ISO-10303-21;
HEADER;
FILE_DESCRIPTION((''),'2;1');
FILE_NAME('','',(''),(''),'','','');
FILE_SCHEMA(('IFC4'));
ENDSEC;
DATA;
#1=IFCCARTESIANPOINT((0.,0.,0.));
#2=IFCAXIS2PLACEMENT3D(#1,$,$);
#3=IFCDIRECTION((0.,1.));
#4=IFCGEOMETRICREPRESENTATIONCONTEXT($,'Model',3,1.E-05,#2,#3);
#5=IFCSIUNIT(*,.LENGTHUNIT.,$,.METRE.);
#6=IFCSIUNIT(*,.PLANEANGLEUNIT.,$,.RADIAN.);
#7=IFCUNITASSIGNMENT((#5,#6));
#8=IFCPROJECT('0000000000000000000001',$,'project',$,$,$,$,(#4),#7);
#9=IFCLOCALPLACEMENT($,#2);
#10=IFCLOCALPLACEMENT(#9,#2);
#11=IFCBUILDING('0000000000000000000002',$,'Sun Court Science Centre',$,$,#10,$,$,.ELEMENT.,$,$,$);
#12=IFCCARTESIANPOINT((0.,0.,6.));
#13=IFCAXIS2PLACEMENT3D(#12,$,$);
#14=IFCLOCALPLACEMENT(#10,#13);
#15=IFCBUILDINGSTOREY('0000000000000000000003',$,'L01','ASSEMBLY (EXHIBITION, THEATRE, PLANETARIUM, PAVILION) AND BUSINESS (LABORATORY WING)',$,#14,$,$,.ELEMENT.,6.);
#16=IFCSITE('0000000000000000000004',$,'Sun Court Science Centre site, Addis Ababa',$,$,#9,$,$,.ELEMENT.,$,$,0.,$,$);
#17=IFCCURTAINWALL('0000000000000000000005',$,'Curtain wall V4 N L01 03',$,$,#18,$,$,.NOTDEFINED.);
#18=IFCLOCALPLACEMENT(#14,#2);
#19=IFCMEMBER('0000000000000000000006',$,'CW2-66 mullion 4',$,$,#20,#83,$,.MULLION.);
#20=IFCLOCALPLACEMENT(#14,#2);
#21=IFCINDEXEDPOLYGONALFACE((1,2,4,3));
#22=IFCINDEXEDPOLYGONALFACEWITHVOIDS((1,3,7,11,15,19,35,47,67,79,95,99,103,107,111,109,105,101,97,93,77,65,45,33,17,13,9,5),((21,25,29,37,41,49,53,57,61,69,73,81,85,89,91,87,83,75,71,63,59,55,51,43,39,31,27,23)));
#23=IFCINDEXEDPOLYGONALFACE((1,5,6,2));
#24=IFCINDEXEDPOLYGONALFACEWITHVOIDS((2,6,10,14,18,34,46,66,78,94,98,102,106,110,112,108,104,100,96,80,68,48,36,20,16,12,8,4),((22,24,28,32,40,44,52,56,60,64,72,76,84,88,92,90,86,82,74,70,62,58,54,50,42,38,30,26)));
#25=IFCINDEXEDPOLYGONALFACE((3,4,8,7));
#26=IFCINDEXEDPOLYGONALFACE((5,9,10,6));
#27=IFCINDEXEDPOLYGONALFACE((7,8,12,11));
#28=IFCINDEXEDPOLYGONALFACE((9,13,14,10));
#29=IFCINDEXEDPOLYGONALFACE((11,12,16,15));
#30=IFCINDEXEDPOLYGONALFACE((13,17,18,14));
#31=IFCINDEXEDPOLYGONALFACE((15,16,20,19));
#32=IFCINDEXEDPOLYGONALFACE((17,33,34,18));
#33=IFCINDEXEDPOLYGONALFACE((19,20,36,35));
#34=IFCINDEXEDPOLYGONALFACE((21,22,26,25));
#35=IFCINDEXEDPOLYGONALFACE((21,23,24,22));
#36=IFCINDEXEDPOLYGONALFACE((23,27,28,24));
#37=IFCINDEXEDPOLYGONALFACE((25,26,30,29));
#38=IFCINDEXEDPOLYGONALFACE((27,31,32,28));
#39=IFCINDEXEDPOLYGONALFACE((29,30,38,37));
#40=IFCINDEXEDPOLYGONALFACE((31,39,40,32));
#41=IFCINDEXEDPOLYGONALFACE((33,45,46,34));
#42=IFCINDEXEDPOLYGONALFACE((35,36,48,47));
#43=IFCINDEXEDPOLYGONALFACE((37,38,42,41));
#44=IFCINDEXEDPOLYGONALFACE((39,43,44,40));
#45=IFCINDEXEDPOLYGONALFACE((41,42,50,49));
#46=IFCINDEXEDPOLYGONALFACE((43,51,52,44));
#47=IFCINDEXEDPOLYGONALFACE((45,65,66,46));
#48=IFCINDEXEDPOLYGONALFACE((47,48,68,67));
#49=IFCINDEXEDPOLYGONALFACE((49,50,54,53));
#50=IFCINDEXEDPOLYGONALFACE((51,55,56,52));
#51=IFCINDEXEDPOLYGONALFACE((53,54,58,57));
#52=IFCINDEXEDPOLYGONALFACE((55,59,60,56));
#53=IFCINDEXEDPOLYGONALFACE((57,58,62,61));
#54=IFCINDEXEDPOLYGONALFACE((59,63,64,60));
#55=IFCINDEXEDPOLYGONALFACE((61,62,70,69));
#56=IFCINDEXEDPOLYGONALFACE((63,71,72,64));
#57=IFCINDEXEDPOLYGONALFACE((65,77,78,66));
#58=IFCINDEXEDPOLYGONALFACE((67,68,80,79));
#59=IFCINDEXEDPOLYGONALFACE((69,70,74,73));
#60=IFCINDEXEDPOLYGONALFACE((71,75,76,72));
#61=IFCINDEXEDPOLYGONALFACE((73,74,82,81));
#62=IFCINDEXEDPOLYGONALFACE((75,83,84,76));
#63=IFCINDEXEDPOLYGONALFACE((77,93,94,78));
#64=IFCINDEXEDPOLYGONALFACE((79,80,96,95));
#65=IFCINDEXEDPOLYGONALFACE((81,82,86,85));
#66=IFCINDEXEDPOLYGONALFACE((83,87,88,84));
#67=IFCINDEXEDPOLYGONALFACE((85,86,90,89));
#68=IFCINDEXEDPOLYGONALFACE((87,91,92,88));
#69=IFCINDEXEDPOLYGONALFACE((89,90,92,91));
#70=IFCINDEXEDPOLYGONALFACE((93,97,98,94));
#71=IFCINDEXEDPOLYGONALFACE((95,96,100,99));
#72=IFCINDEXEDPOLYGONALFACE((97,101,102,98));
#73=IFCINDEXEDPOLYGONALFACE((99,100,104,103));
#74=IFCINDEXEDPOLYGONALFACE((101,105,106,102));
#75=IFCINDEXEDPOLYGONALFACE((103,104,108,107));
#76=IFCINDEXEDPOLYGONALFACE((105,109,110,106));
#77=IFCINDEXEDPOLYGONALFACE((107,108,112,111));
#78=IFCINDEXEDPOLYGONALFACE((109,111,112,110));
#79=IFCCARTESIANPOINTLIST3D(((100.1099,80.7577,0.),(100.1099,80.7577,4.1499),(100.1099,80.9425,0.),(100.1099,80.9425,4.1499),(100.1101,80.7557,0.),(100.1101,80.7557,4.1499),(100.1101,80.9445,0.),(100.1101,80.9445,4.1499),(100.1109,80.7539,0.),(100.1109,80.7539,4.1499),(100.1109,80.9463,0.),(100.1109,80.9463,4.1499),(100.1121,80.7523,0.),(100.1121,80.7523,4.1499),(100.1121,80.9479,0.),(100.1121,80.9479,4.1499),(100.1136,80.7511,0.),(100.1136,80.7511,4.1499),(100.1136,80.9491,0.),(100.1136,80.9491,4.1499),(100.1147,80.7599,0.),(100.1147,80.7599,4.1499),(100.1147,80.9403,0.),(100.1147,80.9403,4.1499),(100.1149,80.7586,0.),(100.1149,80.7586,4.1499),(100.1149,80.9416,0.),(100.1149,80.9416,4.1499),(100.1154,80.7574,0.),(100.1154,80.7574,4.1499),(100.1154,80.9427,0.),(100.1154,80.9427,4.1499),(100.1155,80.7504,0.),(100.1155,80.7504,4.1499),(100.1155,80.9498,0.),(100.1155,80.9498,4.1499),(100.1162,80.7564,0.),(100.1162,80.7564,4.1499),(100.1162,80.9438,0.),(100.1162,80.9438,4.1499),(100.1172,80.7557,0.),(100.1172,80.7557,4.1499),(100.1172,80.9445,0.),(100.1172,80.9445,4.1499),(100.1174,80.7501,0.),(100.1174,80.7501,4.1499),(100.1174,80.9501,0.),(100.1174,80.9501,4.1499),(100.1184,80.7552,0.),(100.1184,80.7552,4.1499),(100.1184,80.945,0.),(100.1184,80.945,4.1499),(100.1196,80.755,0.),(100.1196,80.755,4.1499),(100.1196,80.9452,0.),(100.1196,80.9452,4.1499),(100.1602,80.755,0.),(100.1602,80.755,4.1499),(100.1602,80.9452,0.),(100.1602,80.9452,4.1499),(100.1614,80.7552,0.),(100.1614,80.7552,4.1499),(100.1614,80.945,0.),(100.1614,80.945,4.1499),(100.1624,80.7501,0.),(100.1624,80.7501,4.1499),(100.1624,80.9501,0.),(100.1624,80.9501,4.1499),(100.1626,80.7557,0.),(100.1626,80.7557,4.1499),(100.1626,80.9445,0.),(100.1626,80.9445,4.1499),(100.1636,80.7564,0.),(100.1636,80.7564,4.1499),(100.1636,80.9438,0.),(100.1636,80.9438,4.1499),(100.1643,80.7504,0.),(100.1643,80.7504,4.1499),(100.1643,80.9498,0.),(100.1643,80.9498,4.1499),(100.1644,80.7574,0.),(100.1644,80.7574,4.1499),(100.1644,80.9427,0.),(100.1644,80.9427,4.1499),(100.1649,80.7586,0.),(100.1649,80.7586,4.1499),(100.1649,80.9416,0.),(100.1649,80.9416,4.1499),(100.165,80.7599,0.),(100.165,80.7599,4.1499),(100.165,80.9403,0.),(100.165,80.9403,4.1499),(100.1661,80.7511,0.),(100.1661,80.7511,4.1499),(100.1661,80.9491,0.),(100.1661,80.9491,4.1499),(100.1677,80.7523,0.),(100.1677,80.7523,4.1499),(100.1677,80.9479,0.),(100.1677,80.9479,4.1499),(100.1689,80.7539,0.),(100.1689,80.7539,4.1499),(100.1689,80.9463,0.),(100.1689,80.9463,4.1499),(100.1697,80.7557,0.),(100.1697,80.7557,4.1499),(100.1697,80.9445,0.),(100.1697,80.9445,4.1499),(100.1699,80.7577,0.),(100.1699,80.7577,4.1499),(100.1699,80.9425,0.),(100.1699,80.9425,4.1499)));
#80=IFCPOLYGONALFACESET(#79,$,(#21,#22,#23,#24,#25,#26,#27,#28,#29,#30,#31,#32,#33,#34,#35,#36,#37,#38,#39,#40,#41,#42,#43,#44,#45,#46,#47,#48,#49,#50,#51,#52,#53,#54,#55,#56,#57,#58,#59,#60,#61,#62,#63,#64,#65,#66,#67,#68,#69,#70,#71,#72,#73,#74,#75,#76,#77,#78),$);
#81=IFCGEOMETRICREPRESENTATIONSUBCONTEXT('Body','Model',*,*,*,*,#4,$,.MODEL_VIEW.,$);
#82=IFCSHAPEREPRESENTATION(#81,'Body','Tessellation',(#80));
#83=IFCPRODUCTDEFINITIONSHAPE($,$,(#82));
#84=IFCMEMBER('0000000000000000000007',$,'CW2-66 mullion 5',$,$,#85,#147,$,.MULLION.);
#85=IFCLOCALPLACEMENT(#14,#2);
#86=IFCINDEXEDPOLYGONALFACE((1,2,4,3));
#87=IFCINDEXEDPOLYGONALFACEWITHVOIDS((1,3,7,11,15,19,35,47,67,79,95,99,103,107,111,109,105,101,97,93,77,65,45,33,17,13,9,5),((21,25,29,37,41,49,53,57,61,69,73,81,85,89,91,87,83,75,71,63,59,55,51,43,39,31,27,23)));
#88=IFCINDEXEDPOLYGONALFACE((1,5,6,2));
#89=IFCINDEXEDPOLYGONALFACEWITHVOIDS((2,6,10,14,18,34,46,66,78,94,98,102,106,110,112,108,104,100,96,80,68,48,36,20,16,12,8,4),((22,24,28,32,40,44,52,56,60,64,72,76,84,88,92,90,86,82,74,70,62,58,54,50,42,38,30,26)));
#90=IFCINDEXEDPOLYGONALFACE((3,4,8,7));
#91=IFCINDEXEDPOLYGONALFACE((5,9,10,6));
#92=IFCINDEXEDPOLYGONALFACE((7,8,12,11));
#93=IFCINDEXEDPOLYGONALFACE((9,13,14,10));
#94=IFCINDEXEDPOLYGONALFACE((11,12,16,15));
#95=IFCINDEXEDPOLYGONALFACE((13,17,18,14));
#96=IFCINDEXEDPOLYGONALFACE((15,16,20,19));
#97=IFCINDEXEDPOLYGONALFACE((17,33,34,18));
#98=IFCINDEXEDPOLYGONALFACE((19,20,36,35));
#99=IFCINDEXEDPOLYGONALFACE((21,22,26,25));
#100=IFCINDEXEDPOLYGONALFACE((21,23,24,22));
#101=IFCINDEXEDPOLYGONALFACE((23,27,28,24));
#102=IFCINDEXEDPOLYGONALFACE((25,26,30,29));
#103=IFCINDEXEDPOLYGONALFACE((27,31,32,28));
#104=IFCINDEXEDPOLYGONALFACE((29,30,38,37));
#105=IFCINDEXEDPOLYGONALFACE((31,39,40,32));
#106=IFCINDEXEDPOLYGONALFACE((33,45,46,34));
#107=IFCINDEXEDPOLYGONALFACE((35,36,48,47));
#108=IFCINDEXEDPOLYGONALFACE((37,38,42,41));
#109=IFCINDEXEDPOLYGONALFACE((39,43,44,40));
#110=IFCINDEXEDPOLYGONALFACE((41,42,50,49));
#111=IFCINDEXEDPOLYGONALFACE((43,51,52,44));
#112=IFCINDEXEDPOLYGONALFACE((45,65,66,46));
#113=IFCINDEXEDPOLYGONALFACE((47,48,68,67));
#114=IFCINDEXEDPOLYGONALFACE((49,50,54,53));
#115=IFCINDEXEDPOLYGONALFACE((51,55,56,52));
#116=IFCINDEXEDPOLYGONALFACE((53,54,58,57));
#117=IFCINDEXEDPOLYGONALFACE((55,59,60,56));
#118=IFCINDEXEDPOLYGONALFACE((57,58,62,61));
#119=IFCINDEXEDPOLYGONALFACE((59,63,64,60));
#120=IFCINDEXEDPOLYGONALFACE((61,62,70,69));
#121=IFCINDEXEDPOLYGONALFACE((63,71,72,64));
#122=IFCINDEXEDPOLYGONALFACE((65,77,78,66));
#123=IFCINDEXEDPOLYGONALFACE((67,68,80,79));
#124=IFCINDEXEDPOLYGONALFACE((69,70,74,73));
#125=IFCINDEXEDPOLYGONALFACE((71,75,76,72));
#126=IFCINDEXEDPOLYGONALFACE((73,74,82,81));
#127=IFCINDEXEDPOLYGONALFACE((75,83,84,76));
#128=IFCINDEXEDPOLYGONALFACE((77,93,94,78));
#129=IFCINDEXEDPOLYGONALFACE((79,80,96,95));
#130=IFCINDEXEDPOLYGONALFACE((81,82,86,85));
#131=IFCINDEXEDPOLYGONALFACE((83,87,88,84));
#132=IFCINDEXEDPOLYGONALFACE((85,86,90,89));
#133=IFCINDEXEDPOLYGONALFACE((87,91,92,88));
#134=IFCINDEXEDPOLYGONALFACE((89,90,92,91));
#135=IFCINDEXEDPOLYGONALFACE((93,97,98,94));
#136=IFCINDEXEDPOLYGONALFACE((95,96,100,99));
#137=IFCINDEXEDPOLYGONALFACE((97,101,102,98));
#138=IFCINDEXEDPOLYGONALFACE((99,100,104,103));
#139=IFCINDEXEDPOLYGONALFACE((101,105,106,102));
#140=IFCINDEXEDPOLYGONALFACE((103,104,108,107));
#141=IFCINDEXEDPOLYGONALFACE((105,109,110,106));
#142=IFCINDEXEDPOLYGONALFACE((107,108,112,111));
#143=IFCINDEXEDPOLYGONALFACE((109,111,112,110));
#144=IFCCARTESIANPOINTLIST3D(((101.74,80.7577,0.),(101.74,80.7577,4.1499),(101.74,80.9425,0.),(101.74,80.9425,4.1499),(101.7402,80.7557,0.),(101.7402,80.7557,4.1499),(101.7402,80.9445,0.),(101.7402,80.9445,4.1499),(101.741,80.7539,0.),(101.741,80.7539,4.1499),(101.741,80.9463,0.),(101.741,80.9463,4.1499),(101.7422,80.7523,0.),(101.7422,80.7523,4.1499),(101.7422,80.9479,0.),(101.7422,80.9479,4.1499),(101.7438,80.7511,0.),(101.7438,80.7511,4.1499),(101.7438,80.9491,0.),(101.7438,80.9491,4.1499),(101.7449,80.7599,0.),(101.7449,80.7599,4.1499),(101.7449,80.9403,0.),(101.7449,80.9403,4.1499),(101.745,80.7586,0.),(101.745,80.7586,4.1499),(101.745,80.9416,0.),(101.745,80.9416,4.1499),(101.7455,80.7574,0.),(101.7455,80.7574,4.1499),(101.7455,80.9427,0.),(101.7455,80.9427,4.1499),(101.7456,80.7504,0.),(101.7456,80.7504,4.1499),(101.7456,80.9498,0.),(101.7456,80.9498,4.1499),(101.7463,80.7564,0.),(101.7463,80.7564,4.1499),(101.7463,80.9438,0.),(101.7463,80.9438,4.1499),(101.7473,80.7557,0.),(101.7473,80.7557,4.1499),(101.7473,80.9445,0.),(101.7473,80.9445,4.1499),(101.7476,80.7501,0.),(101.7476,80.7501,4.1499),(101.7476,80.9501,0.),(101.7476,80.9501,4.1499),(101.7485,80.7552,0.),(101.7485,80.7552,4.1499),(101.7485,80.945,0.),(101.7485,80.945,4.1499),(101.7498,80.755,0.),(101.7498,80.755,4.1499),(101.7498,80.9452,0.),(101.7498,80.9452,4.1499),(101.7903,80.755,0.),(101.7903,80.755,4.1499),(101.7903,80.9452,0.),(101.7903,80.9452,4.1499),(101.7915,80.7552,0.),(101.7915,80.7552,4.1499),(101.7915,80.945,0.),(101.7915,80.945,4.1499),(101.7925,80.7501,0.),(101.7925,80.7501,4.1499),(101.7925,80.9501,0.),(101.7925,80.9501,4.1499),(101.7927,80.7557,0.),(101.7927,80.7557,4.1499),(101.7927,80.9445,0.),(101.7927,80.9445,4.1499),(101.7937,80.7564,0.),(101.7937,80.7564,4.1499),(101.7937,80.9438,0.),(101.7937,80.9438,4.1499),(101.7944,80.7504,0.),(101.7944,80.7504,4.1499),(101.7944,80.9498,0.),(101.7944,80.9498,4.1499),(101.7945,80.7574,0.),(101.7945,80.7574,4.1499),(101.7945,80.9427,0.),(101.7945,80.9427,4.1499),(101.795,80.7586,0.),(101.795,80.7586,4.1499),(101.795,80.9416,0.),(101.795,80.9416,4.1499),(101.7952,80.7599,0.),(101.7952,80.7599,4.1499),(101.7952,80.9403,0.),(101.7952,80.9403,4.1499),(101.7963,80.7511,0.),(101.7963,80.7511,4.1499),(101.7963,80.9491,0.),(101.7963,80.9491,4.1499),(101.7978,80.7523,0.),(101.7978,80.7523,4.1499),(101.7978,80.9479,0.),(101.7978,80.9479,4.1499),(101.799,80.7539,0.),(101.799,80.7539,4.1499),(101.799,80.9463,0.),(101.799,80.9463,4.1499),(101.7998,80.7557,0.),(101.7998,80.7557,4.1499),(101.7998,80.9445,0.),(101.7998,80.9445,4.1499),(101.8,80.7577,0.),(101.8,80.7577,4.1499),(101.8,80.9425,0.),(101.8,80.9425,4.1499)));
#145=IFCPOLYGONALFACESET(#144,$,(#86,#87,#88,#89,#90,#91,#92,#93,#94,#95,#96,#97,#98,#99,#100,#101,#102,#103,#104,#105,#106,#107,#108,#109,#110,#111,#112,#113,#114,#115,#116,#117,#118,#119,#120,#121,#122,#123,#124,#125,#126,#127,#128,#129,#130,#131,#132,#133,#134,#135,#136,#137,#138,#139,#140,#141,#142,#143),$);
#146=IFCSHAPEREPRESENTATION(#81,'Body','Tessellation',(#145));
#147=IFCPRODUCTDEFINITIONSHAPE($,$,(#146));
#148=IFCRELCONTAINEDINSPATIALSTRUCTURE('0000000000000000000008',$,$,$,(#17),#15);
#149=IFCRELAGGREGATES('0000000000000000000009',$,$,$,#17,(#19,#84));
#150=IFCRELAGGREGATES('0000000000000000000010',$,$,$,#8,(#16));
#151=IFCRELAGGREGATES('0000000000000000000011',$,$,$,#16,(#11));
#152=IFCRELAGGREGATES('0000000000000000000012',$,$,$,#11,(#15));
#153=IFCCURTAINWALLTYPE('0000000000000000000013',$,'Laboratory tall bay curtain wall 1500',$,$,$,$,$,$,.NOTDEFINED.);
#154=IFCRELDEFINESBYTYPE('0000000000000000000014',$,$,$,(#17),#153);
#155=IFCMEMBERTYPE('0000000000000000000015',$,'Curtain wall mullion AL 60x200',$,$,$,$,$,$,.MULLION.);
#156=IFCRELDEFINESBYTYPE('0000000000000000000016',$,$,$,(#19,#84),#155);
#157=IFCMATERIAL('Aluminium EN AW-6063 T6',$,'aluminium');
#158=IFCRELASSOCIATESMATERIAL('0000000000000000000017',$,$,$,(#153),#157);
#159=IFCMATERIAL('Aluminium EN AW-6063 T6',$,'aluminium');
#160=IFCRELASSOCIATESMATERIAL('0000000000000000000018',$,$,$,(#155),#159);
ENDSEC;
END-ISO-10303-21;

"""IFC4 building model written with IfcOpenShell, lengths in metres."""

from ifc_helpers import new_model, si_unit, direction, frame, origin, origin_2d, place, context, subcontext, project, spatial, hollow_rectangle, extrude, material, material_profile, profile_set, type_object, element, aggregate, save


model = new_model("IFC4")

# Units and contexts
model_context = context("Model", 3, precision=1e-05, world=origin(), true_north=direction((0.0, 1.0)))
body_context = subcontext(model_context, "Body", "Model", "MODEL_VIEW")
ifc_project = project(units=[si_unit("LENGTHUNIT", "METRE"), si_unit("PLANEANGLEUNIT", "RADIAN")], contexts=[model_context])

# Site, building, storey
site_placement = place(None, origin())
site = spatial("IfcSite", under=ifc_project, at=site_placement, Name="Sun Court Science Centre site, Addis Ababa", CompositionType="ELEMENT", RefElevation=0.0)
building_placement = place(site_placement, origin())
building = spatial("IfcBuilding", under=site, at=building_placement, Name="Sun Court Science Centre", CompositionType="ELEMENT")
storey_placement = place(building_placement, frame((0.0, 0.0, 6.0)))
storey = spatial("IfcBuildingStorey", under=building, at=storey_placement, Name="L01", Description="ASSEMBLY (EXHIBITION, THEATRE, PLANETARIUM, PAVILION) AND BUSINESS (LABORATORY WING)", CompositionType="ELEMENT", Elevation=6.0)

# Curtain wall, members
ifc_material_1 = material(Name="Aluminium EN AW-6063 T6", Category="aluminium")
curtain_wall_type = type_object("IfcCurtainWallType", Name="Laboratory tall bay curtain wall 1500", PredefinedType="NOTDEFINED", material=ifc_material_1)
curtain_wall_placement = place(storey_placement, origin())
curtain_wall = element("IfcCurtainWall", 1, at=curtain_wall_placement, inside=storey, type_object=curtain_wall_type, Name="Curtain wall V4 N L01 03", PredefinedType="NOTDEFINED")
ifc_material_2 = material(Name="Aluminium EN AW-6063 T6", Category="aluminium")
ifc_material_profile_1 = material_profile(ifc_material_2, hollow_rectangle(XDim=0.0601, YDim=0.2, WallThickness=0.0049, InnerFilletRadius=0.0049, OuterFilletRadius=0.0076, at=origin_2d()), Name="AL 60x200x5")
ifc_profile_set_1 = profile_set([ifc_material_profile_1], Name="Aluminium EN AW-6063 T6")
member_type_1 = type_object("IfcMemberType", Name="Curtain wall mullion AL 60x200", PredefinedType="MULLION", material=ifc_profile_set_1)
member_1_placement = place(storey_placement, frame((100.1399, 80.8501, 0.0), z_axis=(0.0, 0.0, 1.0), x_axis=(1.0, 0.0, 0.0)))
member_1 = element("IfcMember", 2, at=member_1_placement, type_object=member_type_1, Name="CW2-66 mullion 4", PredefinedType="MULLION", context=body_context, shape_type="SweptSolid", body=[
    extrude(hollow_rectangle(XDim=0.0601, YDim=0.2, WallThickness=0.0049, InnerFilletRadius=0.0049, OuterFilletRadius=0.0076, at=origin_2d()), origin(), (0.0, 0.0, 1.0), 4.1499),
])
member_2_placement = place(storey_placement, frame((101.77, 80.8501, 0.0), z_axis=(0.0, 0.0, 1.0), x_axis=(1.0, 0.0, 0.0)))
member_2 = element("IfcMember", 3, at=member_2_placement, type_object=member_type_1, Name="CW2-66 mullion 5", PredefinedType="MULLION", context=body_context, shape_type="SweptSolid", body=[
    extrude(hollow_rectangle(XDim=0.0601, YDim=0.2, WallThickness=0.0049, InnerFilletRadius=0.0049, OuterFilletRadius=0.0076, at=origin_2d()), origin(), (0.0, 0.0, 1.0), 4.1499),
])
aggregate(curtain_wall, [member_1, member_2])

save(model, "model.ifc")
